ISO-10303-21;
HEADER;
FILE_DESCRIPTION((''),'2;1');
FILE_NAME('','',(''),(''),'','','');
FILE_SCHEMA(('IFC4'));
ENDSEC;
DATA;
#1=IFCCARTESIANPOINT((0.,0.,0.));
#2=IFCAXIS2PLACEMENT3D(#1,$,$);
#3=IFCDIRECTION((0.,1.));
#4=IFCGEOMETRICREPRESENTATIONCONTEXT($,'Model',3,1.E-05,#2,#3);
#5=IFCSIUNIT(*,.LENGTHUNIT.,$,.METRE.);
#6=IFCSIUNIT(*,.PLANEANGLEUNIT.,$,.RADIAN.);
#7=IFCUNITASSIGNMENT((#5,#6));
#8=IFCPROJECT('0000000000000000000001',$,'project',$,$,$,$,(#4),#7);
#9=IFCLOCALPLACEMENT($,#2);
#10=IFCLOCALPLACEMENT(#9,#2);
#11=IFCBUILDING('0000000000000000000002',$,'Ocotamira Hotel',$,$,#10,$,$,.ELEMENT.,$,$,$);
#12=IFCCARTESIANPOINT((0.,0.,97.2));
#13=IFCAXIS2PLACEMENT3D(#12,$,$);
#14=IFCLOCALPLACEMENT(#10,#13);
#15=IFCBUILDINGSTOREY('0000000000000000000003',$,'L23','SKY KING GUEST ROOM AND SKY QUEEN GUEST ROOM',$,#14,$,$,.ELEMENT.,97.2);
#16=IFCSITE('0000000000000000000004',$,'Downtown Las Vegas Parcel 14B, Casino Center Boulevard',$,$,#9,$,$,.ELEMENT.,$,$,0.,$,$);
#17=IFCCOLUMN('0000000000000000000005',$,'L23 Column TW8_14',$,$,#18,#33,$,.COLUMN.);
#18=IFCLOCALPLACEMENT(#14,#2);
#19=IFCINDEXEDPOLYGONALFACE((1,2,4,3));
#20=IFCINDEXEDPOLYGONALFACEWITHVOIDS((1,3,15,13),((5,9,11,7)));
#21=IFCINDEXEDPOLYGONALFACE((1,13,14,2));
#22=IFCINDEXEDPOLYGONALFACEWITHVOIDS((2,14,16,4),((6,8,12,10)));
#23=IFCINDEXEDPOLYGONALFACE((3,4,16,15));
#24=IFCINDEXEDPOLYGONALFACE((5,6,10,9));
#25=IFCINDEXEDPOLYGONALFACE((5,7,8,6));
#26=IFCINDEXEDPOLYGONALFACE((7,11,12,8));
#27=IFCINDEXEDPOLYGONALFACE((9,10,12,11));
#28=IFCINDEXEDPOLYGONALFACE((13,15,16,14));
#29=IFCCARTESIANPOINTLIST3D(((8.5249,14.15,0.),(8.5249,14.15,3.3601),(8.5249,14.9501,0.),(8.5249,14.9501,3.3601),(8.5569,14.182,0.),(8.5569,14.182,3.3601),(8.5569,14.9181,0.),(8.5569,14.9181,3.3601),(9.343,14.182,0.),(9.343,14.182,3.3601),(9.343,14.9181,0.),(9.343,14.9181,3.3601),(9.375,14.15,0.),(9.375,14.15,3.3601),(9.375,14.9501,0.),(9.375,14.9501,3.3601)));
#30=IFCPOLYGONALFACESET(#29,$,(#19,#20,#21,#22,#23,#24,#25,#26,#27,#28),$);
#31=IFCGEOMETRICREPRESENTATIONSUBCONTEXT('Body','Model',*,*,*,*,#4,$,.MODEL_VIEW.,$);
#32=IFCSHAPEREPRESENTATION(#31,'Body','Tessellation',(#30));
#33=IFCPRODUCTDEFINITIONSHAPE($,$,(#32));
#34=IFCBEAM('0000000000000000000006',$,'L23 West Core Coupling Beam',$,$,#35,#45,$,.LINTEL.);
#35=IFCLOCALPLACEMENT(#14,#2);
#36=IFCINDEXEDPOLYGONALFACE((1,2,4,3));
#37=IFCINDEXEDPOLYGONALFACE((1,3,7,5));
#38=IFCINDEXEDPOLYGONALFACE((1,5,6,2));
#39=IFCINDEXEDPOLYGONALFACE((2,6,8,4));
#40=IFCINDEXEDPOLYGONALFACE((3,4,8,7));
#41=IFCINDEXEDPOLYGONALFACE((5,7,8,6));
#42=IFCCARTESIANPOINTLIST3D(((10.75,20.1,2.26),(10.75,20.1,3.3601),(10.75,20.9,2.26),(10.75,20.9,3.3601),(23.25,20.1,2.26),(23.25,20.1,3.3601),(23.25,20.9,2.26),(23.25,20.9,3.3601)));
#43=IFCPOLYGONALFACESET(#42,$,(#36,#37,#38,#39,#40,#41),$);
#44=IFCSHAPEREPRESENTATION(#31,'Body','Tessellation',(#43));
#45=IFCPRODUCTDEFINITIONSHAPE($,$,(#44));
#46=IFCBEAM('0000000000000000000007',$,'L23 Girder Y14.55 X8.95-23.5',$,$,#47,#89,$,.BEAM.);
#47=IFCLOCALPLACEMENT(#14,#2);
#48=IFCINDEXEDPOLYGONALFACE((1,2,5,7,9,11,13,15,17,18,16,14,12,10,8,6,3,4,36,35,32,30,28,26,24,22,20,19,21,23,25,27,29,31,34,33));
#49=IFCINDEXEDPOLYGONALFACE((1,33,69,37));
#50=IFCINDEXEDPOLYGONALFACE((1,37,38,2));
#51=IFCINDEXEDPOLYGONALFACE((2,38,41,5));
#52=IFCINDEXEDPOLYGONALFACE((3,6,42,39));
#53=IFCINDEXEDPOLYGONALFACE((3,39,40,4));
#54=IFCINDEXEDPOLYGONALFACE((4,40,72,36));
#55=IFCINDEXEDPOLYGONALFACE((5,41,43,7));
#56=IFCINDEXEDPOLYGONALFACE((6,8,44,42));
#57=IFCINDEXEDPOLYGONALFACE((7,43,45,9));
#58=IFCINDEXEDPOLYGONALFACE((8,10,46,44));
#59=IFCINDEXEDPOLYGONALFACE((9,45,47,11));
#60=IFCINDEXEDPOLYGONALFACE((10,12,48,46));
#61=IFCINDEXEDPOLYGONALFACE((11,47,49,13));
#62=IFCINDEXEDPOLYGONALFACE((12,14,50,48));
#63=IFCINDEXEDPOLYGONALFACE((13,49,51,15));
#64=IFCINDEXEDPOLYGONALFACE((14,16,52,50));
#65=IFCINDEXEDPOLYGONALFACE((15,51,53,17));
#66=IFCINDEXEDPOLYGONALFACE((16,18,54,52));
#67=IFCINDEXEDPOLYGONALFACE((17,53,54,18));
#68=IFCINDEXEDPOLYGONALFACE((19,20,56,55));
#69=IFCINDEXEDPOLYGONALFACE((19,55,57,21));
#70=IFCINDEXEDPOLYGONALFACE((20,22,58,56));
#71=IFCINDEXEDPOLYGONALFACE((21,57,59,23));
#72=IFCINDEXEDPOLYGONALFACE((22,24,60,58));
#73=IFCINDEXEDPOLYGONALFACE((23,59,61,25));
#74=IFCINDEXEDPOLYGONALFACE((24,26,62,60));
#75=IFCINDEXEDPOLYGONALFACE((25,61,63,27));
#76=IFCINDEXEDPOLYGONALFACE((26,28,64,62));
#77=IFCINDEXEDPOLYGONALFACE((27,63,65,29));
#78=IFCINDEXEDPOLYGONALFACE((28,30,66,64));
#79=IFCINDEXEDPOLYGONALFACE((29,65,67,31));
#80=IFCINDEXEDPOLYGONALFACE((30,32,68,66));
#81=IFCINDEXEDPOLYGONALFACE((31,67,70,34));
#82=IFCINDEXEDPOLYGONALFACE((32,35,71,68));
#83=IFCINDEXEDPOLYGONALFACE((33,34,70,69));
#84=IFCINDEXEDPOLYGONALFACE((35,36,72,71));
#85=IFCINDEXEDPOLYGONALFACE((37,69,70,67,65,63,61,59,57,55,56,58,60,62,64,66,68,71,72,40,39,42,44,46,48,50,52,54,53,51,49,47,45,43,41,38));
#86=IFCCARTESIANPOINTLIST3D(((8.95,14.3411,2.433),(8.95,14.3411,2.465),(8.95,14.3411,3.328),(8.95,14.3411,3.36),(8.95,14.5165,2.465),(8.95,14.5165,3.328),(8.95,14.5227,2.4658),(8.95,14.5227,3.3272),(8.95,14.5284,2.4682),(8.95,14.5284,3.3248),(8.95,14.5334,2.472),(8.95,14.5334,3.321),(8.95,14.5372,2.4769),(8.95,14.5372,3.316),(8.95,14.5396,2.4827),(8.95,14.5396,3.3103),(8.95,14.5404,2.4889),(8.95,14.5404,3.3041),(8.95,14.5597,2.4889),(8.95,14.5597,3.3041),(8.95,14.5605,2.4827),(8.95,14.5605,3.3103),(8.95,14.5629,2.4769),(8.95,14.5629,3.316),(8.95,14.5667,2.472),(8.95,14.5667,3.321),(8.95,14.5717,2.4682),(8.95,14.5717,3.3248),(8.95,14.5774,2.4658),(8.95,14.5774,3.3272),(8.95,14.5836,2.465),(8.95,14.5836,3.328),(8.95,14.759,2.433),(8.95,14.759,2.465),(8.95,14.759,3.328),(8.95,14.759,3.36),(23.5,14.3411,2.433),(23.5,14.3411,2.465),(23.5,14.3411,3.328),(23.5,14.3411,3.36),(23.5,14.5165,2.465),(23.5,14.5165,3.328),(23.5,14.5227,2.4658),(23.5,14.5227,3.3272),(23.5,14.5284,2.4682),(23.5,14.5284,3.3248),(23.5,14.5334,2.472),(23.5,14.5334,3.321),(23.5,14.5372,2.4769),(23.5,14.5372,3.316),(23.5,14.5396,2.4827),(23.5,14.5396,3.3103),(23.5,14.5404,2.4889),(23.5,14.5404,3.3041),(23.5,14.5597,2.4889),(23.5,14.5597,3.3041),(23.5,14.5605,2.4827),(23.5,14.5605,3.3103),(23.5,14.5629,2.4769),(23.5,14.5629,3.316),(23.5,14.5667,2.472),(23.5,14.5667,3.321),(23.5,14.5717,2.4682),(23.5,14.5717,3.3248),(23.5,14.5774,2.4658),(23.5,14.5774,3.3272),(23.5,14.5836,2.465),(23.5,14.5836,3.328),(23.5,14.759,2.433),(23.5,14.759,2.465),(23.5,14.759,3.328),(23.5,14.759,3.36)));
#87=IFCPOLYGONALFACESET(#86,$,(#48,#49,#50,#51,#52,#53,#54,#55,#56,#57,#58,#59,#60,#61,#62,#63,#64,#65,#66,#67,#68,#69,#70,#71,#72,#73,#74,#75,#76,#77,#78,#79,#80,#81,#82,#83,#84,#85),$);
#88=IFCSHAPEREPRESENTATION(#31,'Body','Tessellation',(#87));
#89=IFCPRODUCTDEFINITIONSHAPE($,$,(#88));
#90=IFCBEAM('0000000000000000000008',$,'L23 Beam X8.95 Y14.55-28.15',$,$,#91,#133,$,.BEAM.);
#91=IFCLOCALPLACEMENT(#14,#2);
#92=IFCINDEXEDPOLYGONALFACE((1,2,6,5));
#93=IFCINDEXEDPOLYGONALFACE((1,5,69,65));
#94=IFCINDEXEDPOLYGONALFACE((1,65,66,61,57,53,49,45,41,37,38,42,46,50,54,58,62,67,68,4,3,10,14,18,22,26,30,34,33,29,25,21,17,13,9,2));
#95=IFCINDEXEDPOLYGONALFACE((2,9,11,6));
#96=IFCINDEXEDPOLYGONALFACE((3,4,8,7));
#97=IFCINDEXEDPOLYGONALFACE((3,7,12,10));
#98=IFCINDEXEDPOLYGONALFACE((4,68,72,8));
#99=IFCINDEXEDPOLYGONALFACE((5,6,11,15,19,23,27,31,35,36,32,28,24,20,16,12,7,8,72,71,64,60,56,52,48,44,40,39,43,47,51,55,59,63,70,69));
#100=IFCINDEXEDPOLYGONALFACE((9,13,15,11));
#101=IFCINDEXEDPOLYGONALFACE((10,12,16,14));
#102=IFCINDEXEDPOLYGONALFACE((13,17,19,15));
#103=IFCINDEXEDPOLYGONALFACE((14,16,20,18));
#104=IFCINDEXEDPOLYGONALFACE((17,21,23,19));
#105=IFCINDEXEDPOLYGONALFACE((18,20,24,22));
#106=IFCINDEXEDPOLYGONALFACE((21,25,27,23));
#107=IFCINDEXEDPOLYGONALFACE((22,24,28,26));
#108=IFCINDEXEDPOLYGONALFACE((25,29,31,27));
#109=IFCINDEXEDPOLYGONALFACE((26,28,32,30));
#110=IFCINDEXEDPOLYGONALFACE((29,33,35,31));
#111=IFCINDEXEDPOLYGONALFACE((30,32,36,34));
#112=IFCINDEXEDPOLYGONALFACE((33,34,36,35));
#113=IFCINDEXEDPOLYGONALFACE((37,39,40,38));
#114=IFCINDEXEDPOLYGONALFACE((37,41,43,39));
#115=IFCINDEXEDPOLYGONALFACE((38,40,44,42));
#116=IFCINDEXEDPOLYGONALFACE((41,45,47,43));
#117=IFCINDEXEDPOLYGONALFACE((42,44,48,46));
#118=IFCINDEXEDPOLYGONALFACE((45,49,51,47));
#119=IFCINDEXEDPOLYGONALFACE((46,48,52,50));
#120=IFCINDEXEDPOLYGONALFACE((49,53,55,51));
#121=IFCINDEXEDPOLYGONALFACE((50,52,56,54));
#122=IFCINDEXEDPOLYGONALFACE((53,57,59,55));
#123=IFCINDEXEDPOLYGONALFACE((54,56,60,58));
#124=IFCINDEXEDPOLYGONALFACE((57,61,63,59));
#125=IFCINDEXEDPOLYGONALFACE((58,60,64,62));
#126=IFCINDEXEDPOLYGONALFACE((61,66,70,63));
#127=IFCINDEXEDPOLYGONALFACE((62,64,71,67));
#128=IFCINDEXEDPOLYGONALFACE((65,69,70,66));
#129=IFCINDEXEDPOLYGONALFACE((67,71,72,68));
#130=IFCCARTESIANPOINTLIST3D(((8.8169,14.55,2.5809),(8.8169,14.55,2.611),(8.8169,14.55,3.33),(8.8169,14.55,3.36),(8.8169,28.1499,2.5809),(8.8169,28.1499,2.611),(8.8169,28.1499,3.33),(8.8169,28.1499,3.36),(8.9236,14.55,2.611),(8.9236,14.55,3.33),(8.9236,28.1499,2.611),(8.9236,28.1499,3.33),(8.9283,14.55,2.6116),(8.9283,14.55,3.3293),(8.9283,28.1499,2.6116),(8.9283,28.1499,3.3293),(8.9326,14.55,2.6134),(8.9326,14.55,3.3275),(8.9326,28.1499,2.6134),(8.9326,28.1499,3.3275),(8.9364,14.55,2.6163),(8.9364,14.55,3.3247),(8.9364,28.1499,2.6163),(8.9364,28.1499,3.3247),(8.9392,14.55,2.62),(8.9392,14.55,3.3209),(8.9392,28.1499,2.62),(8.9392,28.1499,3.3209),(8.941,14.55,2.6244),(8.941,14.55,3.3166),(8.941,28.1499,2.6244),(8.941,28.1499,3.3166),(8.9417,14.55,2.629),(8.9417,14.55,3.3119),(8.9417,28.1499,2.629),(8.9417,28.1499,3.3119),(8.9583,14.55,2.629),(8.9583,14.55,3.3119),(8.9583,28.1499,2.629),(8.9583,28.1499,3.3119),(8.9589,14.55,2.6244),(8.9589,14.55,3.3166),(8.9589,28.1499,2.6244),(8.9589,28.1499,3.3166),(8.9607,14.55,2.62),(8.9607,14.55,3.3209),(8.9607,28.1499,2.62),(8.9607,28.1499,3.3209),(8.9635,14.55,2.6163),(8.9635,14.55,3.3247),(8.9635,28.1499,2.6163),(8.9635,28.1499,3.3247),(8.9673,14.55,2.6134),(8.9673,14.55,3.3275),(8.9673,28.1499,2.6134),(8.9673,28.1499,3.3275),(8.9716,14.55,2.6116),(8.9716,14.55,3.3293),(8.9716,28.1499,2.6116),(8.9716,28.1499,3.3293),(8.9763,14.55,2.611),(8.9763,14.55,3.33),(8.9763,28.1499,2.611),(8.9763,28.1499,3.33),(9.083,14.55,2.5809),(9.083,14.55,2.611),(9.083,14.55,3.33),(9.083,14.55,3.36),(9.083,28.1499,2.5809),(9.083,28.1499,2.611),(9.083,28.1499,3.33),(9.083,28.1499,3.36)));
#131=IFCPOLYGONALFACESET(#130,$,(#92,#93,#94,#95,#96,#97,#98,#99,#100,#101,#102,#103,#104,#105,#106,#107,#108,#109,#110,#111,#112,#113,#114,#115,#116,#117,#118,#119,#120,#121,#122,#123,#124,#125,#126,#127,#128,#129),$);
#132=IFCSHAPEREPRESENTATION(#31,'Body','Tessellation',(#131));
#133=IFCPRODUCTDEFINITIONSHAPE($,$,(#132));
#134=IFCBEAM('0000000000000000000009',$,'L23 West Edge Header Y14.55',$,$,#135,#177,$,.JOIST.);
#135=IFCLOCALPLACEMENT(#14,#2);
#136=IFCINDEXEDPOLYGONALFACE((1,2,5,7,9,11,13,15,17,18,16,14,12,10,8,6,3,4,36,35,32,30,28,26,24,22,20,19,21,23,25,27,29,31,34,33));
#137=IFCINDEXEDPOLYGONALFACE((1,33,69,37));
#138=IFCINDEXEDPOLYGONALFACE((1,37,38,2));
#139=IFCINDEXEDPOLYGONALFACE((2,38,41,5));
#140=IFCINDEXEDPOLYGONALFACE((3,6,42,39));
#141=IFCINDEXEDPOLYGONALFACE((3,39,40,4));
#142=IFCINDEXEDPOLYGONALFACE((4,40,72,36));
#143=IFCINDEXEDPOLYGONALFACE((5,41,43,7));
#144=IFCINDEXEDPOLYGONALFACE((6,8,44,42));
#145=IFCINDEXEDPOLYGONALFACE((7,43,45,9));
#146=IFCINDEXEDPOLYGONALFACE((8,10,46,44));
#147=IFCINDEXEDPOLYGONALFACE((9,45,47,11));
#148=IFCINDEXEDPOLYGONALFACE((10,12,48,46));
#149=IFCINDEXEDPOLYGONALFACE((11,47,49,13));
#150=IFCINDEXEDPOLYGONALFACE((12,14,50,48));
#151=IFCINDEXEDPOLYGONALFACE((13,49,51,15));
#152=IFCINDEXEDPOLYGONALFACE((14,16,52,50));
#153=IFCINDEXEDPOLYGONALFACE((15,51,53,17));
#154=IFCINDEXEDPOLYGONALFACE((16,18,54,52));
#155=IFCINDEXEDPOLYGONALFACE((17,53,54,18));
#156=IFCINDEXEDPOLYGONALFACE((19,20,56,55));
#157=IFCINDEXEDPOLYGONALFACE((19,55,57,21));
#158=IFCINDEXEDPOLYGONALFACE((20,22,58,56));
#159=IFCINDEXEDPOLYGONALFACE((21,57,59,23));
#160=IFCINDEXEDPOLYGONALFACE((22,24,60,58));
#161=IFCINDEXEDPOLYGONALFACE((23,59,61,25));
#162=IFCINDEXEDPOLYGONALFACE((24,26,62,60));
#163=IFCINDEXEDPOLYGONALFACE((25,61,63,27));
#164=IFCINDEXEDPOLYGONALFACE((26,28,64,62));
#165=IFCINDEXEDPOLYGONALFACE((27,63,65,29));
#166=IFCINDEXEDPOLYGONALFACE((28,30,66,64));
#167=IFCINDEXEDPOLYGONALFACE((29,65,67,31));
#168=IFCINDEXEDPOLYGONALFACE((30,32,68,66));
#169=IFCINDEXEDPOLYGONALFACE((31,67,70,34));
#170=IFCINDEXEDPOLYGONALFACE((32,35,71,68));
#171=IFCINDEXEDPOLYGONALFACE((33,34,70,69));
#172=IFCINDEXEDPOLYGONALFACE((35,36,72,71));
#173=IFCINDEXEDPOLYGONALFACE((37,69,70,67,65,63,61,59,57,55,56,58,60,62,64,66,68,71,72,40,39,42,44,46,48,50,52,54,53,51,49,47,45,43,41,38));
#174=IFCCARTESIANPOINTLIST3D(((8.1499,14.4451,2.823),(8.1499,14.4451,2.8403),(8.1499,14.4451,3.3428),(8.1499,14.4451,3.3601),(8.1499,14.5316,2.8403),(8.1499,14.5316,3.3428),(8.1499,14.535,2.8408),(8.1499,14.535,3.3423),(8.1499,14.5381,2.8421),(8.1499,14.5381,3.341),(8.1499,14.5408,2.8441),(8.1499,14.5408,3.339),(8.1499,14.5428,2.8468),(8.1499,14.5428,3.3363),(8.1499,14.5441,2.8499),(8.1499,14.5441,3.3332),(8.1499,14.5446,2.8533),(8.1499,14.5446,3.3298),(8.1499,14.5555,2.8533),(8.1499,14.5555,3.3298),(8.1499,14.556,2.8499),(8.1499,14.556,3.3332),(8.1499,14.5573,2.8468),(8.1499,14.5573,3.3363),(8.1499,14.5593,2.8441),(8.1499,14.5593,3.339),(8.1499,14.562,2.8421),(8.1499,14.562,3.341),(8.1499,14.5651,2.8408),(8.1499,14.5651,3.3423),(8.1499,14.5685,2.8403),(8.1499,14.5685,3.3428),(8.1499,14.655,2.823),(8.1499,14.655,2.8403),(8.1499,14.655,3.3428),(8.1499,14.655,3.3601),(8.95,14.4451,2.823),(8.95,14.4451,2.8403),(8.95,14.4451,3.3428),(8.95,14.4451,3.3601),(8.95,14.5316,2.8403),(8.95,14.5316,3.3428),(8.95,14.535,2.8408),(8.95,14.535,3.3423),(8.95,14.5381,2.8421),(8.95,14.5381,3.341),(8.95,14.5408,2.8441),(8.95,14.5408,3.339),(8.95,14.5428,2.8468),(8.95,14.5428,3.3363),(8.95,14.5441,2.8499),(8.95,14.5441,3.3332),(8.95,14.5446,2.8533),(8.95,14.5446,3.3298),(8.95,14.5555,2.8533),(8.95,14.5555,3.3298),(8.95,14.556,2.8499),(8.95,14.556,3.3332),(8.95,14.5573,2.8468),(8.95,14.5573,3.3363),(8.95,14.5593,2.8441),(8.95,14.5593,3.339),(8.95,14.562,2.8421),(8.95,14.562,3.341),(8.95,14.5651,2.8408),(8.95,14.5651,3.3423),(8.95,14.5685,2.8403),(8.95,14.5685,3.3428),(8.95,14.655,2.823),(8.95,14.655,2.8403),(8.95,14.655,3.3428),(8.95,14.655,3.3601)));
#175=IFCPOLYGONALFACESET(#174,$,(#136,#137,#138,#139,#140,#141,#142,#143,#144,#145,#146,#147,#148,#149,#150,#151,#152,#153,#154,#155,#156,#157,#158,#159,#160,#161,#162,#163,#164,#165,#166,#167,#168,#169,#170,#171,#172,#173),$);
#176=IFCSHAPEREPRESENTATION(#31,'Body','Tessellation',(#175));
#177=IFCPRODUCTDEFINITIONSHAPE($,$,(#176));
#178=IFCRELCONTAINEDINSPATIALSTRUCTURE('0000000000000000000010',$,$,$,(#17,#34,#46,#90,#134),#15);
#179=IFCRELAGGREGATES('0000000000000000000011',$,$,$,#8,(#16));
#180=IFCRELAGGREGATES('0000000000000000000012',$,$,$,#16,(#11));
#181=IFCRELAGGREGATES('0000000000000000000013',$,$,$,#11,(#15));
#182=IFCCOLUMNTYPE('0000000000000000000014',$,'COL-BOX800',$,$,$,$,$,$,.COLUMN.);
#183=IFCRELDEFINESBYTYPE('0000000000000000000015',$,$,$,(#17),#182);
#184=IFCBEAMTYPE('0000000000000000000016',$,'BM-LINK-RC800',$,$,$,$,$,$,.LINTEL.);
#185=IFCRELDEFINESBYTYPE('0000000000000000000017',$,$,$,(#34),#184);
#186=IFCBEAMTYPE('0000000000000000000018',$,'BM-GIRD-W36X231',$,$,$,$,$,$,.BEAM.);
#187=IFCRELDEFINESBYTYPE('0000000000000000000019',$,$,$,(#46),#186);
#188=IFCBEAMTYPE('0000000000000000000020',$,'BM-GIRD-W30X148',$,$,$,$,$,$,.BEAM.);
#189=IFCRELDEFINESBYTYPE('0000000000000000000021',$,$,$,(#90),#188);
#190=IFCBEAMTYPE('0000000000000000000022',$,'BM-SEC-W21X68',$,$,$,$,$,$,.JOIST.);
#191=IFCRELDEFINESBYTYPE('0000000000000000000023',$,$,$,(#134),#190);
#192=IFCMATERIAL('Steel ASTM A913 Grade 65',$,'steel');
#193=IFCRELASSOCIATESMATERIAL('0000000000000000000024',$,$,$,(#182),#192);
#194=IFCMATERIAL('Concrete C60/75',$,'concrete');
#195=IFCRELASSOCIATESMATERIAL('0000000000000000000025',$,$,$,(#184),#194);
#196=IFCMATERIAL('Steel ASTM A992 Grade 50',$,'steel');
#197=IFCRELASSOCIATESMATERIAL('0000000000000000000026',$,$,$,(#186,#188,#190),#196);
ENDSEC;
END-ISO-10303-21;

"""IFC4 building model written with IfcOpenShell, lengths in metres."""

from ifc_helpers import new_model, si_unit, direction, frame, origin, origin_2d, place, context, subcontext, project, spatial, rectangle, hollow_rectangle, i_section, extrude, source, transform, mapped, material, material_profile, profile_set, type_object, element, save


model = new_model("IFC4")

# Units and contexts
model_context = context("Model", 3, precision=1e-05, world=origin(), true_north=direction((0.0, 1.0)))
body_context = subcontext(model_context, "Body", "Model", "MODEL_VIEW")
ifc_project = project(units=[si_unit("LENGTHUNIT", "METRE"), si_unit("PLANEANGLEUNIT", "RADIAN")], contexts=[model_context])

# Site, building, storey
site_placement = place(None, origin())
site = spatial("IfcSite", under=ifc_project, at=site_placement, Name="Downtown Las Vegas Parcel 14B, Casino Center Boulevard", CompositionType="ELEMENT", RefElevation=0.0)
building_placement = place(site_placement, origin())
building = spatial("IfcBuilding", under=site, at=building_placement, Name="Ocotamira Hotel", CompositionType="ELEMENT")
storey_placement = place(building_placement, frame((0.0, 0.0, 97.2)))
storey = spatial("IfcBuildingStorey", under=building, at=storey_placement, Name="L23", Description="SKY KING GUEST ROOM AND SKY QUEEN GUEST ROOM", CompositionType="ELEMENT", Elevation=97.2)

# Column
ifc_material_1 = material(Name="Steel ASTM A913 Grade 65", Category="steel")
ifc_material_profile_1 = material_profile(ifc_material_1, hollow_rectangle(XDim=0.8501, YDim=0.8, WallThickness=0.032, at=origin_2d()), Name="BOX800X850X32")
ifc_profile_set_1 = profile_set([ifc_material_profile_1], Name="Steel ASTM A913 Grade 65")
column_type = type_object("IfcColumnType", Name="COL-BOX800", PredefinedType="COLUMN", material=ifc_profile_set_1)
shared_shape_1 = source(origin(), body_context, "Body", "SweptSolid", [
    extrude(hollow_rectangle(XDim=0.8501, YDim=0.8, WallThickness=0.032, at=origin_2d()), origin(), (0.0, 0.0, 1.0), 3.3601),
])
column_placement = place(storey_placement, frame((8.95, 14.55, 0.0), z_axis=(0.0, 0.0, 1.0), x_axis=(1.0, 0.0, 0.0)))
element("IfcColumn", 1, at=column_placement, inside=storey, type_object=column_type, Name="L23 Column TW8_14", PredefinedType="COLUMN", context=body_context, shape_type="MappedRepresentation", body=[
    mapped(shared_shape_1, transform((0.0, 0.0, 0.0), scale=1.0)),
])

# Beams
ifc_material_2 = material(Name="Concrete C60/75", Category="concrete")
ifc_material_profile_2 = material_profile(ifc_material_2, rectangle(XDim=0.8, YDim=1.1001, at=origin_2d()), Name="RC800X1100")
ifc_profile_set_2 = profile_set([ifc_material_profile_2], Name="Concrete C60/75")
beam_type_1 = type_object("IfcBeamType", Name="BM-LINK-RC800", PredefinedType="LINTEL", material=ifc_profile_set_2)
shared_shape_2 = source(origin(), body_context, "Body", "SweptSolid", [
    extrude(rectangle(XDim=0.8, YDim=1.1001, at=origin_2d()), origin(), (0.0, 0.0, 1.0), 12.5),
])
beam_1_placement = place(storey_placement, frame((10.75, 20.5, 2.8101), z_axis=(1.0, 0.0, 0.0), x_axis=(0.0, 1.0, 0.0)))
element("IfcBeam", 2, at=beam_1_placement, inside=storey, type_object=beam_type_1, Name="L23 West Core Coupling Beam", PredefinedType="LINTEL", context=body_context, shape_type="MappedRepresentation", body=[
    mapped(shared_shape_2, transform((0.0, 0.0, 0.0), scale=1.0)),
])
ifc_material_3 = material(Name="Steel ASTM A992 Grade 50", Category="steel")
ifc_material_profile_3 = material_profile(ifc_material_3, i_section(OverallWidth=0.418, OverallDepth=0.927, WebThickness=0.0193, FlangeThickness=0.032, FilletRadius=0.0239, at=origin_2d()), Name="W36X231")
ifc_profile_set_3 = profile_set([ifc_material_profile_3], Name="Steel ASTM A992 Grade 50")
beam_type_2 = type_object("IfcBeamType", Name="BM-GIRD-W36X231", PredefinedType="BEAM", material=ifc_profile_set_3)
shared_shape_3 = source(origin(), body_context, "Body", "SweptSolid", [
    extrude(i_section(OverallWidth=0.418, OverallDepth=0.927, WebThickness=0.0193, FlangeThickness=0.032, FilletRadius=0.0239, at=origin_2d()), origin(), (0.0, 0.0, 1.0), 14.55),
])
beam_2_placement = place(storey_placement, frame((8.95, 14.55, 2.8965), z_axis=(1.0, 0.0, 0.0), x_axis=(0.0, 1.0, 0.0)))
element("IfcBeam", 3, at=beam_2_placement, inside=storey, type_object=beam_type_2, Name="L23 Girder Y14.55 X8.95-23.5", PredefinedType="BEAM", context=body_context, shape_type="MappedRepresentation", body=[
    mapped(shared_shape_3, transform((0.0, 0.0, 0.0), scale=1.0)),
])
ifc_material_profile_4 = material_profile(ifc_material_3, i_section(OverallWidth=0.2661, OverallDepth=0.7791, WebThickness=0.0166, FlangeThickness=0.03, FilletRadius=0.0181, at=origin_2d()), Name="W30X148")
ifc_profile_set_4 = profile_set([ifc_material_profile_4], Name="Steel ASTM A992 Grade 50")
beam_type_3 = type_object("IfcBeamType", Name="BM-GIRD-W30X148", PredefinedType="BEAM", material=ifc_profile_set_4)
shared_shape_4 = source(origin(), body_context, "Body", "SweptSolid", [
    extrude(i_section(OverallWidth=0.2661, OverallDepth=0.7791, WebThickness=0.0166, FlangeThickness=0.03, FilletRadius=0.0181, at=origin_2d()), origin(), (0.0, 0.0, 1.0), 13.5999),
])
beam_3_placement = place(storey_placement, frame((8.95, 14.55, 2.9705), z_axis=(0.0, 1.0, 0.0), x_axis=(-1.0, 0.0, 0.0)))
element("IfcBeam", 4, at=beam_3_placement, inside=storey, type_object=beam_type_3, Name="L23 Beam X8.95 Y14.55-28.15", PredefinedType="BEAM", context=body_context, shape_type="MappedRepresentation", body=[
    mapped(shared_shape_4, transform((0.0, 0.0, 0.0), scale=1.0)),
])
ifc_material_profile_5 = material_profile(ifc_material_3, i_section(OverallWidth=0.21, OverallDepth=0.5371, WebThickness=0.011, FlangeThickness=0.0173, FilletRadius=0.0129, at=origin_2d()), Name="W21X68")
ifc_profile_set_5 = profile_set([ifc_material_profile_5], Name="Steel ASTM A992 Grade 50")
beam_type_4 = type_object("IfcBeamType", Name="BM-SEC-W21X68", PredefinedType="JOIST", material=ifc_profile_set_5)
shared_shape_5 = source(origin(), body_context, "Body", "SweptSolid", [
    extrude(i_section(OverallWidth=0.21, OverallDepth=0.5371, WebThickness=0.011, FlangeThickness=0.0173, FilletRadius=0.0129, at=origin_2d()), origin(), (0.0, 0.0, 1.0), 0.8),
])
beam_4_placement = place(storey_placement, frame((8.95, 14.55, 3.0916), z_axis=(-1.0, 0.0, 0.0), x_axis=(0.0, -1.0, 0.0)))
element("IfcBeam", 5, at=beam_4_placement, inside=storey, type_object=beam_type_4, Name="L23 West Edge Header Y14.55", PredefinedType="JOIST", context=body_context, shape_type="MappedRepresentation", body=[
    mapped(shared_shape_5, transform((0.0, 0.0, 0.0), scale=1.0)),
])

save(model, "model.ifc")
